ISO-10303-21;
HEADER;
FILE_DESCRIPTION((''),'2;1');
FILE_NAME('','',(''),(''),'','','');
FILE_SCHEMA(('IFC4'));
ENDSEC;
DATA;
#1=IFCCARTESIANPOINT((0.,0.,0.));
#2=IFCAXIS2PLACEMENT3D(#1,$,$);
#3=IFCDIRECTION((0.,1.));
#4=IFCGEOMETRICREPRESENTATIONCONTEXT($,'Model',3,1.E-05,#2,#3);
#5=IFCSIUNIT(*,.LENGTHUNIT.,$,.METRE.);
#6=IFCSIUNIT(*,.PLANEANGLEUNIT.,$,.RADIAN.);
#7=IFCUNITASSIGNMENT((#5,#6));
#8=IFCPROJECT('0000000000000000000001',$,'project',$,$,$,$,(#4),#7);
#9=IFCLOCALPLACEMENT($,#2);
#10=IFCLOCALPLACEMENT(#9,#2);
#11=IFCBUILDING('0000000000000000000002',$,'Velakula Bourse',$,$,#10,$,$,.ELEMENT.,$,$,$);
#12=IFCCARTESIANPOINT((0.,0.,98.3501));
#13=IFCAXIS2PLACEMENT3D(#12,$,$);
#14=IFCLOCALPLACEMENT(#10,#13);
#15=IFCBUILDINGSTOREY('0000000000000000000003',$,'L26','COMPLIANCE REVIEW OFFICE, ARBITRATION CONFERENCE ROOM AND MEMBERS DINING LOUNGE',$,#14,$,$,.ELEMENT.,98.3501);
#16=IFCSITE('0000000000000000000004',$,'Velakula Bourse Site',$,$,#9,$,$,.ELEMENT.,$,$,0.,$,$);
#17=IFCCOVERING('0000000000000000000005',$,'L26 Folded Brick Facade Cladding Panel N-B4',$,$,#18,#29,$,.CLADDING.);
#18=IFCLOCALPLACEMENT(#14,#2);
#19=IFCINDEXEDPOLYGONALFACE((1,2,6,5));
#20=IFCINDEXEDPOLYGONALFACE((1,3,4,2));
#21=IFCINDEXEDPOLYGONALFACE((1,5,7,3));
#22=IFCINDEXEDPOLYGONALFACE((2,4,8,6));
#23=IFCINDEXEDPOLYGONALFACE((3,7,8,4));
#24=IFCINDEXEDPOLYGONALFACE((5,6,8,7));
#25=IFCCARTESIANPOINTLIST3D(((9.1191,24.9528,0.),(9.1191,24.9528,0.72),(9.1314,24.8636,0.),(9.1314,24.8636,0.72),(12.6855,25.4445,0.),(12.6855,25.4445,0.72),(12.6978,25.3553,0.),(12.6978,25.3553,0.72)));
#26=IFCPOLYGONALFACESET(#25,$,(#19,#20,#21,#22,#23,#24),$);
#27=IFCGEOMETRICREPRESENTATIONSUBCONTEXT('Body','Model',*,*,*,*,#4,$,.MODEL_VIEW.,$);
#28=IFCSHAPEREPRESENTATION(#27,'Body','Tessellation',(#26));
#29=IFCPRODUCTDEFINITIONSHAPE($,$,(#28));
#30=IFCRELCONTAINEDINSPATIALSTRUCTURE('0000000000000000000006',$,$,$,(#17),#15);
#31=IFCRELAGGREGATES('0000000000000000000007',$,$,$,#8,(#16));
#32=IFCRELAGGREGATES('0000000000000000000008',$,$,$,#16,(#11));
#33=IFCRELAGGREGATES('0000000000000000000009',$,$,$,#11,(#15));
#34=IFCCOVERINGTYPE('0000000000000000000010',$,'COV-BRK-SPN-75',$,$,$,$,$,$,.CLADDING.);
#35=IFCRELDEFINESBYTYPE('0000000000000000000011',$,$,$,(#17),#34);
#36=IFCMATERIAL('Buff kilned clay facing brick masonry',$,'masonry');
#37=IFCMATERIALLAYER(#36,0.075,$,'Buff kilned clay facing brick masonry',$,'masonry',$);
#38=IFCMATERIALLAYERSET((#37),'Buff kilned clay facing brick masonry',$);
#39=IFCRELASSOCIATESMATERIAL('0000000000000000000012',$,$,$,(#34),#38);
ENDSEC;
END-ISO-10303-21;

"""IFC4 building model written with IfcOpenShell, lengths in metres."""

from ifc_helpers import new_model, si_unit, direction, frame, origin, origin_2d, place, context, subcontext, project, spatial, rectangle, extrude, material, layer, layer_set, type_object, element, save


model = new_model("IFC4")

# Units and contexts
model_context = context("Model", 3, precision=1e-05, world=origin(), true_north=direction((0.0, 1.0)))
body_context = subcontext(model_context, "Body", "Model", "MODEL_VIEW")
ifc_project = project(units=[si_unit("LENGTHUNIT", "METRE"), si_unit("PLANEANGLEUNIT", "RADIAN")], contexts=[model_context])

# Site, building, storey
site_placement = place(None, origin())
site = spatial("IfcSite", under=ifc_project, at=site_placement, Name="Velakula Bourse Site", CompositionType="ELEMENT", RefElevation=0.0)
building_placement = place(site_placement, origin())
building = spatial("IfcBuilding", under=site, at=building_placement, Name="Velakula Bourse", CompositionType="ELEMENT")
storey_placement = place(building_placement, frame((0.0, 0.0, 98.3501)))
storey = spatial("IfcBuildingStorey", under=building, at=storey_placement, Name="L26", Description="COMPLIANCE REVIEW OFFICE, ARBITRATION CONFERENCE ROOM AND MEMBERS DINING LOUNGE", CompositionType="ELEMENT", Elevation=98.3501)

# Covering
ifc_material_1 = material(Name="Buff kilned clay facing brick masonry", Category="masonry")
ifc_layer_1 = layer(ifc_material_1, 0.075, Name="Buff kilned clay facing brick masonry", Category="masonry")
ifc_layer_set_1 = layer_set([ifc_layer_1], Name="Buff kilned clay facing brick masonry")
covering_type = type_object("IfcCoveringType", Name="COV-BRK-SPN-75", PredefinedType="CLADDING", material=ifc_layer_set_1)
covering_placement = place(storey_placement, frame((10.9084, 25.1541, 0.0), z_axis=(0.0, 0.0, 1.0), x_axis=(0.990629, 0.13658, 0.0)))
element("IfcCovering", 1, at=covering_placement, inside=storey, type_object=covering_type, Name="L26 Folded Brick Facade Cladding Panel N-B4", PredefinedType="CLADDING", context=body_context, shape_type="SweptSolid", body=[
    extrude(rectangle(XDim=3.6001, YDim=0.0901, at=origin_2d()), origin(), (0.0, 0.0, 1.0), 0.72),
])

save(model, "model.ifc")
